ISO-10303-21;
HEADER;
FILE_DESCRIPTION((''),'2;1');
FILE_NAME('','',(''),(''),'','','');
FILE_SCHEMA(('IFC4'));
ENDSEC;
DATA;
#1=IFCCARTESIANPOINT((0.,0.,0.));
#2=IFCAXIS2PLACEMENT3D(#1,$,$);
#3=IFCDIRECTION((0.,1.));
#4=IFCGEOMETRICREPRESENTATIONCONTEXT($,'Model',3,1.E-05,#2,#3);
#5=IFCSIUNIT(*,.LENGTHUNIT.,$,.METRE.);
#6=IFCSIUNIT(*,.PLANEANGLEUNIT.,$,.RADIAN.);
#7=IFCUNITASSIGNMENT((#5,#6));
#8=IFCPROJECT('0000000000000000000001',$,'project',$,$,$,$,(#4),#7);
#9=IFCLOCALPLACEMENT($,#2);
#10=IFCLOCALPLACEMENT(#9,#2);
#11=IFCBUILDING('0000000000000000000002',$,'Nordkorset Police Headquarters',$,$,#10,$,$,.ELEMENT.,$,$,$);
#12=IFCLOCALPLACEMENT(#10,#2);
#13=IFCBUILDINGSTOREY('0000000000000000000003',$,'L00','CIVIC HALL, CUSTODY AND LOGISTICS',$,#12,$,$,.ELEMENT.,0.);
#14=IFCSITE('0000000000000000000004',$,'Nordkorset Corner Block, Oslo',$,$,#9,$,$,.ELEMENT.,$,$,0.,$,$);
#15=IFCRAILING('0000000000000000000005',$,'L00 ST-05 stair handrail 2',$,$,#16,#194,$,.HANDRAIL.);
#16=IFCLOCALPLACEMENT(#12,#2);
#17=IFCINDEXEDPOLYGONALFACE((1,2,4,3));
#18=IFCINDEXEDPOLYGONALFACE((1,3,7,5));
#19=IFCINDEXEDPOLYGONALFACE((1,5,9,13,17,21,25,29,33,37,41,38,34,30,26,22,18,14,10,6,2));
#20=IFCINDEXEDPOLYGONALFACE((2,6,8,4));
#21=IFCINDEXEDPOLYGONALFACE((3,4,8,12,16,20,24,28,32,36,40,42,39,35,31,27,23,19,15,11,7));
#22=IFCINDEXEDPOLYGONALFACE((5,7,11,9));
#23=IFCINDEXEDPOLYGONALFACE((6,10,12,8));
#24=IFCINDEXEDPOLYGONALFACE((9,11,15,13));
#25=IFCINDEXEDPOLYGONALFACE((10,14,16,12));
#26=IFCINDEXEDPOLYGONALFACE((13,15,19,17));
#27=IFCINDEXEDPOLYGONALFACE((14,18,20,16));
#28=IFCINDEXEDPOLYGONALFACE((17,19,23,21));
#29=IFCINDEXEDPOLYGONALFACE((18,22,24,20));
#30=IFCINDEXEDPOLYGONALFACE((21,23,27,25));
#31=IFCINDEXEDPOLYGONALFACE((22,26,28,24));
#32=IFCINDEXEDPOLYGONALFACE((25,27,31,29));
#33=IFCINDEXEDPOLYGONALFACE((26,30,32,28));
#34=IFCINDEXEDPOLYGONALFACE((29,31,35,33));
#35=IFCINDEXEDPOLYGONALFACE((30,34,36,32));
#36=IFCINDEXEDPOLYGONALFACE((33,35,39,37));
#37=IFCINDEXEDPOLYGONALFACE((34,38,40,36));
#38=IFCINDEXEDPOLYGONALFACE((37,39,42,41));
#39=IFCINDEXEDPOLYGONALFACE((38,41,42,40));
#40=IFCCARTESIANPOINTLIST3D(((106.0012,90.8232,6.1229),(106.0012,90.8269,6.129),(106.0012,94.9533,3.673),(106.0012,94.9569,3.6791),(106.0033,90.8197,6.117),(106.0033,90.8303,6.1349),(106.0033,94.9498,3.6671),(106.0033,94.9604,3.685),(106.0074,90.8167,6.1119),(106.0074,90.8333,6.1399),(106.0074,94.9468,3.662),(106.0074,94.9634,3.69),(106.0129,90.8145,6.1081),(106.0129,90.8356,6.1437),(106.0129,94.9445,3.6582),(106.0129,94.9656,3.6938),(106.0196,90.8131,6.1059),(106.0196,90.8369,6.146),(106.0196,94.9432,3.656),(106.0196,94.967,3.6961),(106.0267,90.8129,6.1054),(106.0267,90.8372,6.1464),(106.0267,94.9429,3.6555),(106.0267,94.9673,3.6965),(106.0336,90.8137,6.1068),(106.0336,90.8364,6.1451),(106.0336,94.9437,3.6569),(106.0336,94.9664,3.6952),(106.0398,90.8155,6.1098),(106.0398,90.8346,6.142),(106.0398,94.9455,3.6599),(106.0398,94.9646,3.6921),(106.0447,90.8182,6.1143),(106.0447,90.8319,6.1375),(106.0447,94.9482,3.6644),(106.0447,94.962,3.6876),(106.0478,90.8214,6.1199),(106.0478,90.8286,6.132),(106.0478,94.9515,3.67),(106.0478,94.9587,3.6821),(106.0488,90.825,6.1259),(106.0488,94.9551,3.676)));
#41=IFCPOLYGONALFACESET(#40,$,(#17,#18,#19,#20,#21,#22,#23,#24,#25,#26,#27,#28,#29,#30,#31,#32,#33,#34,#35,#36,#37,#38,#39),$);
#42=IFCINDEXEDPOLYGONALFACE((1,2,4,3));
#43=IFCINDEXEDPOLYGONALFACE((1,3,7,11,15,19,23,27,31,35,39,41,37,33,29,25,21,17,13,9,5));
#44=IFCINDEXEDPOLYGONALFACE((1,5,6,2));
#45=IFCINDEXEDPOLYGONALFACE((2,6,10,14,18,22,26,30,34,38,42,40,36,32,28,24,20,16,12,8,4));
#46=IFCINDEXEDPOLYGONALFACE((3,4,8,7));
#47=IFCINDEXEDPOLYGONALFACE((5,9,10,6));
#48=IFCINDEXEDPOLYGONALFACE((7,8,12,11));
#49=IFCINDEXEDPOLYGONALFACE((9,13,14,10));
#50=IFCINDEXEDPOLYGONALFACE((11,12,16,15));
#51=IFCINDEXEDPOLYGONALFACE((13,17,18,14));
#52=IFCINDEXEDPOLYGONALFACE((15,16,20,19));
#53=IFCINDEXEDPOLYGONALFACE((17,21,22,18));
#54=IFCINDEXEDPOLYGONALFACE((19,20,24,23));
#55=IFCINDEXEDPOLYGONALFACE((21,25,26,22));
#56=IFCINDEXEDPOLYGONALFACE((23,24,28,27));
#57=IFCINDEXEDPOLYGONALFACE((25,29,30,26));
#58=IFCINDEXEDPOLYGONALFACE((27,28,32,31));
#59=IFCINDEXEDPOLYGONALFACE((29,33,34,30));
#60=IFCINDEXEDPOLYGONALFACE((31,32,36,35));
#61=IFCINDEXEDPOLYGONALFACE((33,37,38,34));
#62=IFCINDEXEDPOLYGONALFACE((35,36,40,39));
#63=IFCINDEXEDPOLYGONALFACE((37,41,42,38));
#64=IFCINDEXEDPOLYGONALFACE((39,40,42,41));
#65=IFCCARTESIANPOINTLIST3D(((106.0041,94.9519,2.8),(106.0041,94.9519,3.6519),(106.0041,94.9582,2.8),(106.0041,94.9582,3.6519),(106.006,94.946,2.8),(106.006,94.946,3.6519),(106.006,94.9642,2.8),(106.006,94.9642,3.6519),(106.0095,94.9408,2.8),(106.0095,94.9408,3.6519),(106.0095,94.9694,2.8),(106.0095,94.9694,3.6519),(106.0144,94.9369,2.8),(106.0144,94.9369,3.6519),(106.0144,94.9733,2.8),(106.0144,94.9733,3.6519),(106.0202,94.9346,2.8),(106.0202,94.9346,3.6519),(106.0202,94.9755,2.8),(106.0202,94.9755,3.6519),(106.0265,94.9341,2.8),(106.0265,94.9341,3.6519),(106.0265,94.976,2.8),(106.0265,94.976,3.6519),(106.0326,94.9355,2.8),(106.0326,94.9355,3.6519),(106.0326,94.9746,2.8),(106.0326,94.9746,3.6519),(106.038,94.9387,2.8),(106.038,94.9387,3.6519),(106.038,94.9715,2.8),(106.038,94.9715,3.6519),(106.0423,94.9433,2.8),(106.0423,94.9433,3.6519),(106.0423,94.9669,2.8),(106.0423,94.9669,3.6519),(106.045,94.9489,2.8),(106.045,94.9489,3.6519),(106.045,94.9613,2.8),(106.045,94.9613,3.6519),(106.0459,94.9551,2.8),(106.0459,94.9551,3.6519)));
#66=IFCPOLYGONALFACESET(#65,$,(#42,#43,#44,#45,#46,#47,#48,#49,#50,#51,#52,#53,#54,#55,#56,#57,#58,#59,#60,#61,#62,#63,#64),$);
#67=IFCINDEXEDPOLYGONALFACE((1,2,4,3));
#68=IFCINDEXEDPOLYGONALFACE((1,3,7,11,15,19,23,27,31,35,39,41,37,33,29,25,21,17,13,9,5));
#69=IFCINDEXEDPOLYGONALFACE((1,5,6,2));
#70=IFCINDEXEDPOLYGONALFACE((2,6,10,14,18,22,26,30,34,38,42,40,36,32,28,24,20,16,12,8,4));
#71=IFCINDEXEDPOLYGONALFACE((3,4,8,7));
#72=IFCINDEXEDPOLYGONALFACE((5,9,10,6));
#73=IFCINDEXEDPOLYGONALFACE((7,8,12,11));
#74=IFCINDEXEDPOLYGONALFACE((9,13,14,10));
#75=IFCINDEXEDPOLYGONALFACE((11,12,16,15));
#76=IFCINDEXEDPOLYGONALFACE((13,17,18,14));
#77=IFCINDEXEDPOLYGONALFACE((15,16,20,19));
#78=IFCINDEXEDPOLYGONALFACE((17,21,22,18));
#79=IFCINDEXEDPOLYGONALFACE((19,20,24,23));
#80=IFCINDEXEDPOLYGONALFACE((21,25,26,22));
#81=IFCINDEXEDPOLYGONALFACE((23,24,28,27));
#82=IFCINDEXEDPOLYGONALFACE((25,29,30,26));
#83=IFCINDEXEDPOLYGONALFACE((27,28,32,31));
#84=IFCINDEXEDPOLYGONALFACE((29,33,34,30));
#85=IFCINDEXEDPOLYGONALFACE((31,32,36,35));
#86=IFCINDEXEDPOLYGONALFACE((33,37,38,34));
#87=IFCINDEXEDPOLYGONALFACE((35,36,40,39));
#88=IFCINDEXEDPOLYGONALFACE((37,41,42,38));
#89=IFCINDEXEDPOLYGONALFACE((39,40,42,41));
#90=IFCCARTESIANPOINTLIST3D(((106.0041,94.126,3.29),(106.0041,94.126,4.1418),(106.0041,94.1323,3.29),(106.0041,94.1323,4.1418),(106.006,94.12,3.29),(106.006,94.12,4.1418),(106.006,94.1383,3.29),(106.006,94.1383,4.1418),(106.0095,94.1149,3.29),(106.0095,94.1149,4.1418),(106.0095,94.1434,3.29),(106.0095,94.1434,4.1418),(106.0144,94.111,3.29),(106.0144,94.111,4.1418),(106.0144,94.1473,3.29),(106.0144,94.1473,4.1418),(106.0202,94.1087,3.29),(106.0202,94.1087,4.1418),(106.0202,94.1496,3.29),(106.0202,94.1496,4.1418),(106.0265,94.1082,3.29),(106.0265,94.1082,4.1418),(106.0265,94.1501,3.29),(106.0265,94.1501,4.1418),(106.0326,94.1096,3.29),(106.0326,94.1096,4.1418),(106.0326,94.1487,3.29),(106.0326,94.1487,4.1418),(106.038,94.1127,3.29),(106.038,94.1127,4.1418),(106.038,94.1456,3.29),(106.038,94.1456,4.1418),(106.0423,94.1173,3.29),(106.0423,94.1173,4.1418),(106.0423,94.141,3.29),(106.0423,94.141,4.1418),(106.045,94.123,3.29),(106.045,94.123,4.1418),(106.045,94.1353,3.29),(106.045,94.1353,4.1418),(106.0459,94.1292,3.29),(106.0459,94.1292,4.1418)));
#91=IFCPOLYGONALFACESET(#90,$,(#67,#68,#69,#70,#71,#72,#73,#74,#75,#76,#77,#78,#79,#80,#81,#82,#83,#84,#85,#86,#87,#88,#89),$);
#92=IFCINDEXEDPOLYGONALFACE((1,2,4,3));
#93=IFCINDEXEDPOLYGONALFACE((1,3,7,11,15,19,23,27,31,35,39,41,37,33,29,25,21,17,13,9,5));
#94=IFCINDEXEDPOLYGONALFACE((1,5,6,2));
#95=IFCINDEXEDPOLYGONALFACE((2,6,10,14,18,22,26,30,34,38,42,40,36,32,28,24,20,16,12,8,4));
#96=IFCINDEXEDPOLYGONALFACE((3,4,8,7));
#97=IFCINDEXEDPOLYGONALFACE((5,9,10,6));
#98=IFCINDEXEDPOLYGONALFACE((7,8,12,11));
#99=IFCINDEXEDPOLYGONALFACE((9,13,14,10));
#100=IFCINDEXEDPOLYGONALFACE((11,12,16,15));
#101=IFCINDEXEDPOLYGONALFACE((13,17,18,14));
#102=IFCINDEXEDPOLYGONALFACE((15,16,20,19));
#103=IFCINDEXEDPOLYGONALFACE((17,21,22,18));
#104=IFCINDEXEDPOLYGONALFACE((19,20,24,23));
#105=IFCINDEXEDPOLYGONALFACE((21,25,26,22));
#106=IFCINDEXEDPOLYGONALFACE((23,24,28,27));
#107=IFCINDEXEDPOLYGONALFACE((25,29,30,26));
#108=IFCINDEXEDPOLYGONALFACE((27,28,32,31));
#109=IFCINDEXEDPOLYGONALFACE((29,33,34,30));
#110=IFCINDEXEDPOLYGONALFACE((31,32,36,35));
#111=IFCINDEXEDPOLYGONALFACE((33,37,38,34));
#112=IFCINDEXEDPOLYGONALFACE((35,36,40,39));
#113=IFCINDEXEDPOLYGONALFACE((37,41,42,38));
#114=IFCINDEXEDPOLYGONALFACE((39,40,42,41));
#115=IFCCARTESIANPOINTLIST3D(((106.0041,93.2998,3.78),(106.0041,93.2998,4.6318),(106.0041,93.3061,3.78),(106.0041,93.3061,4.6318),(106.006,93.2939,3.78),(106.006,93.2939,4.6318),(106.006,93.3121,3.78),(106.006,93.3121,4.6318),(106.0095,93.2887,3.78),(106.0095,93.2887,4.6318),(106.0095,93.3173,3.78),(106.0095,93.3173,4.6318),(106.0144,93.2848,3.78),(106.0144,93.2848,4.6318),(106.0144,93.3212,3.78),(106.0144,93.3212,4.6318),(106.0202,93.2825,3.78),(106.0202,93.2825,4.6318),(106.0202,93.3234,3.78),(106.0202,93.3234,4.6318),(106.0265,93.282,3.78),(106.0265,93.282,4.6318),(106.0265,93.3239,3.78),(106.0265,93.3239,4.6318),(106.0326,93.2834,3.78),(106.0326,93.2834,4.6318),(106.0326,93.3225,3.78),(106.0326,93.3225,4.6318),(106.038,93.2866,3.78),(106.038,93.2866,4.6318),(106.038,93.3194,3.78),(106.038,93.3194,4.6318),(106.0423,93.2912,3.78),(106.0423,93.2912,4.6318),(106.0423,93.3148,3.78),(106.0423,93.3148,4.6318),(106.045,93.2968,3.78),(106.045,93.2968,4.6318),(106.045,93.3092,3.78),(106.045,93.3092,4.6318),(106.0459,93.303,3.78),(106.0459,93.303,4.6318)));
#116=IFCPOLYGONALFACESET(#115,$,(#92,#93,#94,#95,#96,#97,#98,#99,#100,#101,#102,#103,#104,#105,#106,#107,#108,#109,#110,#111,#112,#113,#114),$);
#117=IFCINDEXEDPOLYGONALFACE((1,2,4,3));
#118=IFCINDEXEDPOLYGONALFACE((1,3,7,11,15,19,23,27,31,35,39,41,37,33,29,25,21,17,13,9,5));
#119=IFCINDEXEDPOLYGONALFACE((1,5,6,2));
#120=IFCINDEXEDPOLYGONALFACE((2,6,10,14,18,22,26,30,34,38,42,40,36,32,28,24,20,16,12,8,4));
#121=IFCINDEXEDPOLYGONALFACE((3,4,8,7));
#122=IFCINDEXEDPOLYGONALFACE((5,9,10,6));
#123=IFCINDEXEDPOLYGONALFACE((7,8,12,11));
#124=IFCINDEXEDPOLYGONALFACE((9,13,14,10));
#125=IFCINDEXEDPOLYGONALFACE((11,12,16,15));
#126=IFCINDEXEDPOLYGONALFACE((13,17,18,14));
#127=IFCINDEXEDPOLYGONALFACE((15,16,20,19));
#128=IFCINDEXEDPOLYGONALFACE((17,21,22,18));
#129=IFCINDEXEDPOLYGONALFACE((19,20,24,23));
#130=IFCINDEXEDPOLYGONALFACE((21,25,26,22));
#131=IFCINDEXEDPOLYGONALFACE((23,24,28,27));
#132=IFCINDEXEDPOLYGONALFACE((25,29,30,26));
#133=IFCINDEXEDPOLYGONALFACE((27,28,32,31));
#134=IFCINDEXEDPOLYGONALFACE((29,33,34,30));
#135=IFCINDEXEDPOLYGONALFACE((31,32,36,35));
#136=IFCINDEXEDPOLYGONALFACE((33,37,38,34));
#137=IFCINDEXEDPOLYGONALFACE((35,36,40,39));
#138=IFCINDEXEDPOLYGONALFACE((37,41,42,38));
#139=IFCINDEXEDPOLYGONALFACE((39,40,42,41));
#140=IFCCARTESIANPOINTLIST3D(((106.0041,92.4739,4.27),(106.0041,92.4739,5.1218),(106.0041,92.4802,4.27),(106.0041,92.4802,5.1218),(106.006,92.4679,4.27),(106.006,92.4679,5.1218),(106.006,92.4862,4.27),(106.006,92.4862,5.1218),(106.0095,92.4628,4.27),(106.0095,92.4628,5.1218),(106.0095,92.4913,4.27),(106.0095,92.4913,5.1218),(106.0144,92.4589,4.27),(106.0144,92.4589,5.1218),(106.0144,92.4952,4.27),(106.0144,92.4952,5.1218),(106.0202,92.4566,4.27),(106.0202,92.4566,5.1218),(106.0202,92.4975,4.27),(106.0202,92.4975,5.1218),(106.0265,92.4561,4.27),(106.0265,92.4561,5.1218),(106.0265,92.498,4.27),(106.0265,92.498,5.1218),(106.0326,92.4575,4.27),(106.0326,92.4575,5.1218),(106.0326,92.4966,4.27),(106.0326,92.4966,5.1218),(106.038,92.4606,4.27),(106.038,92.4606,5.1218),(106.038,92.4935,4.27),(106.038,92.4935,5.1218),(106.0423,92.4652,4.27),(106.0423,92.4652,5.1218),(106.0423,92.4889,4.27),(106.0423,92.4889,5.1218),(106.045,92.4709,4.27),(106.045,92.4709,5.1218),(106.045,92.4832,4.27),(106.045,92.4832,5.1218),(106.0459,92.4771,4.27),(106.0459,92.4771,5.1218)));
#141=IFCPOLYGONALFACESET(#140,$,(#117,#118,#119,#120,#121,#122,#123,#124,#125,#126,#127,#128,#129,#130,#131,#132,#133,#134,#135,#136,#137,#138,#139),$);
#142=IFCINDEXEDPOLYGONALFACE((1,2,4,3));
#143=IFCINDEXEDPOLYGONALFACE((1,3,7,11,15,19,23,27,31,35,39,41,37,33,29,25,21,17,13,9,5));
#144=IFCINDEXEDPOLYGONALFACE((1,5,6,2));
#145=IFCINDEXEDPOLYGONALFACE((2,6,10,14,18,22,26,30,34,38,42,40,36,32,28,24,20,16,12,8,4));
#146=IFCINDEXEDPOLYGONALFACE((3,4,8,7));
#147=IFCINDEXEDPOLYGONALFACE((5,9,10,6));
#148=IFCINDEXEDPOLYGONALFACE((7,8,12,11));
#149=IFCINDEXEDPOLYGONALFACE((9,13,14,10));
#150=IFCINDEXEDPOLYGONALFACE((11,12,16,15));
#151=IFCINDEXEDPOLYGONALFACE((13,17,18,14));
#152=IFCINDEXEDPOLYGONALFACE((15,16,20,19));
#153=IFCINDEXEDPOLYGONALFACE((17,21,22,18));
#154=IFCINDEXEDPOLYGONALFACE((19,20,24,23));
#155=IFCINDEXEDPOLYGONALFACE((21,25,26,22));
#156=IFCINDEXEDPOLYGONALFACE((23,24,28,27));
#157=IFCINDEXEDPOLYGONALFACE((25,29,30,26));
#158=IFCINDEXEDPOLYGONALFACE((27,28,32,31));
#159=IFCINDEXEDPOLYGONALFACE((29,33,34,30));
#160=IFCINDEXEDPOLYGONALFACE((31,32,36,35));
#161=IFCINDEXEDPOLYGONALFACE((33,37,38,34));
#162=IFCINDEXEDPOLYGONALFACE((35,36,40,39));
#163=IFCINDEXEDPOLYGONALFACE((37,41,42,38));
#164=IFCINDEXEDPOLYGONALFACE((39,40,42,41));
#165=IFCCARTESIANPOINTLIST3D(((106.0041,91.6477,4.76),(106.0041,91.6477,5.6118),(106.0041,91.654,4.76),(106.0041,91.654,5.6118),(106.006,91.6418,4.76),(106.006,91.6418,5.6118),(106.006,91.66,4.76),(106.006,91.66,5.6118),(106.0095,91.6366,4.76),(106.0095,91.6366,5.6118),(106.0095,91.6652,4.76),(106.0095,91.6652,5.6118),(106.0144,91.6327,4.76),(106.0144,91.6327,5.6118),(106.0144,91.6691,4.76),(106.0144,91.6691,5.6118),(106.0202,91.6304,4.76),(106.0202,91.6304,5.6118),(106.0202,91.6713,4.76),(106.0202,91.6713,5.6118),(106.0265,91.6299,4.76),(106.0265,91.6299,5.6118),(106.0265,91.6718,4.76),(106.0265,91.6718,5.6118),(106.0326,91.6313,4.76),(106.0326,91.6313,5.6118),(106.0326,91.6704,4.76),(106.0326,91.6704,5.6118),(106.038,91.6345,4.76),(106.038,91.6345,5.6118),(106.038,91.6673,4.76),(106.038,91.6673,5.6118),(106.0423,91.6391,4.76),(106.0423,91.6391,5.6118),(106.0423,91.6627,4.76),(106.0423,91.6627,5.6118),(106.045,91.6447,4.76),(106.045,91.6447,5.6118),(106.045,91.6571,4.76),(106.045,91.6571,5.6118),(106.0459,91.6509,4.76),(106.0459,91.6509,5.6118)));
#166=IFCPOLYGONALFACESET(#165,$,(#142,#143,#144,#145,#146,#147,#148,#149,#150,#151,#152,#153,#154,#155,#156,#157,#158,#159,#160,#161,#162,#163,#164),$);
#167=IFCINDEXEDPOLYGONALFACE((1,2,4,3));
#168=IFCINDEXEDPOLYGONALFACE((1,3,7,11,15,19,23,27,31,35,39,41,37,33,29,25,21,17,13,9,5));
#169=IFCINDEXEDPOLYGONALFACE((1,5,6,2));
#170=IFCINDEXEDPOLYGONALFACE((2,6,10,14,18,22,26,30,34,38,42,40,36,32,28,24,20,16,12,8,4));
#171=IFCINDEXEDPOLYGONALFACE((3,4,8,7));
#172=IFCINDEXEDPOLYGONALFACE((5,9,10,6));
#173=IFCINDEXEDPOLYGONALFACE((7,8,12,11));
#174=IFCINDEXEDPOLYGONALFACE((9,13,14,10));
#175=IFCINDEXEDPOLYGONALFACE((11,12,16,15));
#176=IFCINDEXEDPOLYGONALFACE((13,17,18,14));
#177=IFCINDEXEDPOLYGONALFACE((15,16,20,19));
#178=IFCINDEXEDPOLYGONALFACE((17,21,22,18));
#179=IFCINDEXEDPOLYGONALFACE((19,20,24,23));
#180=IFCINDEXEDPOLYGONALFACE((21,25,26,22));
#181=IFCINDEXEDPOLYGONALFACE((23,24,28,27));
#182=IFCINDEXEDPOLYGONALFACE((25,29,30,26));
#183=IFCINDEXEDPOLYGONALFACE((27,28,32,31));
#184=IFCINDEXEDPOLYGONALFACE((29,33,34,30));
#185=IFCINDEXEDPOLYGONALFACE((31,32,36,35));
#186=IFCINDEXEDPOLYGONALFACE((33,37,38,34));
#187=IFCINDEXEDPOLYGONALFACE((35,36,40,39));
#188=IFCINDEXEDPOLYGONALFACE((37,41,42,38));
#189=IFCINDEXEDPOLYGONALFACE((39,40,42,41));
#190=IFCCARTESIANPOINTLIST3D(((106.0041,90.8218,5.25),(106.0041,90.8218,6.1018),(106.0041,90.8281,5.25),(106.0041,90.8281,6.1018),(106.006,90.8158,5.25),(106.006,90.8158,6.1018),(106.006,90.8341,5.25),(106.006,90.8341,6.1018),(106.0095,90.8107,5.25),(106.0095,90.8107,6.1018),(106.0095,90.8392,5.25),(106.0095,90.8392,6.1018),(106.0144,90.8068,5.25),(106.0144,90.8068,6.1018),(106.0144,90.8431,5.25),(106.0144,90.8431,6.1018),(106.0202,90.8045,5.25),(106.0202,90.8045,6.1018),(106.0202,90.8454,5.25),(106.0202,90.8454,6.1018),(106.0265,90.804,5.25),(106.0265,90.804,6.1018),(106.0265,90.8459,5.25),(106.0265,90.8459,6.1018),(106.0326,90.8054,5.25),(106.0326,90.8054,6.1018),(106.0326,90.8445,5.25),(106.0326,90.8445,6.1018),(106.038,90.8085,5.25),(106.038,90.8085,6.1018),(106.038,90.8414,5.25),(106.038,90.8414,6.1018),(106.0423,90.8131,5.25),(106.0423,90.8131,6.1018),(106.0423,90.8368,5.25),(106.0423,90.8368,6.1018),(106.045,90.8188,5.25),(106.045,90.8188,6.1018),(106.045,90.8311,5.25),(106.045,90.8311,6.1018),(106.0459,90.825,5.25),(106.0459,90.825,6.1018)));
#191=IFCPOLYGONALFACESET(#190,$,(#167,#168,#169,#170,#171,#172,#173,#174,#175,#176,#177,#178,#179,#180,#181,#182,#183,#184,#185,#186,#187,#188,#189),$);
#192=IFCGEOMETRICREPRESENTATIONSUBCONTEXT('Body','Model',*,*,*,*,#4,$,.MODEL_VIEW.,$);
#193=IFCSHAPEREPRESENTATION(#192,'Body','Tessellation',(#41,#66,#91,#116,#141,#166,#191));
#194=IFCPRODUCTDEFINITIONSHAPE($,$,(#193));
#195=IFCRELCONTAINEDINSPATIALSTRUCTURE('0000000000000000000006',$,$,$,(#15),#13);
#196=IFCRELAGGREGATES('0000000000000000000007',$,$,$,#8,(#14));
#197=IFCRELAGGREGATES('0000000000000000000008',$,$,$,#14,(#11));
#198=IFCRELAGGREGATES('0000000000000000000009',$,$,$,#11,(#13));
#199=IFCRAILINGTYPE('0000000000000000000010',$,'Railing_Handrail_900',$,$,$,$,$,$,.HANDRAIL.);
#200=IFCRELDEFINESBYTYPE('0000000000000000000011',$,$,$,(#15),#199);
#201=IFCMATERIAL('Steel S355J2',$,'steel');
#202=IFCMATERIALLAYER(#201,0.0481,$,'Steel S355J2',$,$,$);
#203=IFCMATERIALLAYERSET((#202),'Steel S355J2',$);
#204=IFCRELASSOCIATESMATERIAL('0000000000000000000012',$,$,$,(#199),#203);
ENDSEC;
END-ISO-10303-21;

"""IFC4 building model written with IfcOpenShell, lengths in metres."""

from ifc_helpers import new_model, si_unit, direction, frame, origin, origin_2d, place, context, subcontext, project, spatial, circle, extrude, material, layer, layer_set, type_object, element, save


model = new_model("IFC4")

# Units and contexts
model_context = context("Model", 3, precision=1e-05, world=origin(), true_north=direction((0.0, 1.0)))
body_context = subcontext(model_context, "Body", "Model", "MODEL_VIEW")
ifc_project = project(units=[si_unit("LENGTHUNIT", "METRE"), si_unit("PLANEANGLEUNIT", "RADIAN")], contexts=[model_context])

# Site, building, storey
site_placement = place(None, origin())
site = spatial("IfcSite", under=ifc_project, at=site_placement, Name="Nordkorset Corner Block, Oslo", CompositionType="ELEMENT", RefElevation=0.0)
building_placement = place(site_placement, origin())
building = spatial("IfcBuilding", under=site, at=building_placement, Name="Nordkorset Police Headquarters", CompositionType="ELEMENT")
storey_placement = place(building_placement, origin())
storey = spatial("IfcBuildingStorey", under=building, at=storey_placement, Name="L00", Description="CIVIC HALL, CUSTODY AND LOGISTICS", CompositionType="ELEMENT", Elevation=0.0)

# Railing
ifc_material_1 = material(Name="Steel S355J2", Category="steel")
ifc_layer_1 = layer(ifc_material_1, 0.0481, Name="Steel S355J2")
ifc_layer_set_1 = layer_set([ifc_layer_1], Name="Steel S355J2")
railing_type_1 = type_object("IfcRailingType", Name="Railing_Handrail_900", PredefinedType="HANDRAIL", material=ifc_layer_set_1)
railing_1_placement = place(storey_placement, frame((106.0249, 94.9551, 2.8)))
element("IfcRailing", 1, at=railing_1_placement, inside=storey, type_object=railing_type_1, Name="L00 ST-05 stair handrail 2", PredefinedType="HANDRAIL", context=body_context, shape_type="SweptSolid", body=[
    extrude(circle(Radius=0.0239, at=origin_2d()), frame((0.0, 0.0, 0.876), z_axis=(0.0, -0.860066, 0.510183), x_axis=(1.0, 0.0, 0.0)), (0.0, 0.0, 1.0), 4.802),
    extrude(circle(Radius=0.021, at=origin_2d()), origin(), (0.0, 0.0, 1.0), 0.8518),
    extrude(circle(Radius=0.021, at=origin_2d()), frame((0.0, -0.8259, 0.49)), (0.0, 0.0, 1.0), 0.8518),
    extrude(circle(Radius=0.021, at=origin_2d()), frame((0.0, -1.6521, 0.98)), (0.0, 0.0, 1.0), 0.8518),
    extrude(circle(Radius=0.021, at=origin_2d()), frame((0.0, -2.478, 1.47)), (0.0, 0.0, 1.0), 0.8518),
    extrude(circle(Radius=0.021, at=origin_2d()), frame((0.0, -3.3042, 1.96)), (0.0, 0.0, 1.0), 0.8518),
    extrude(circle(Radius=0.021, at=origin_2d()), frame((0.0, -4.1301, 2.45)), (0.0, 0.0, 1.0), 0.8518),
])

save(model, "model.ifc")
